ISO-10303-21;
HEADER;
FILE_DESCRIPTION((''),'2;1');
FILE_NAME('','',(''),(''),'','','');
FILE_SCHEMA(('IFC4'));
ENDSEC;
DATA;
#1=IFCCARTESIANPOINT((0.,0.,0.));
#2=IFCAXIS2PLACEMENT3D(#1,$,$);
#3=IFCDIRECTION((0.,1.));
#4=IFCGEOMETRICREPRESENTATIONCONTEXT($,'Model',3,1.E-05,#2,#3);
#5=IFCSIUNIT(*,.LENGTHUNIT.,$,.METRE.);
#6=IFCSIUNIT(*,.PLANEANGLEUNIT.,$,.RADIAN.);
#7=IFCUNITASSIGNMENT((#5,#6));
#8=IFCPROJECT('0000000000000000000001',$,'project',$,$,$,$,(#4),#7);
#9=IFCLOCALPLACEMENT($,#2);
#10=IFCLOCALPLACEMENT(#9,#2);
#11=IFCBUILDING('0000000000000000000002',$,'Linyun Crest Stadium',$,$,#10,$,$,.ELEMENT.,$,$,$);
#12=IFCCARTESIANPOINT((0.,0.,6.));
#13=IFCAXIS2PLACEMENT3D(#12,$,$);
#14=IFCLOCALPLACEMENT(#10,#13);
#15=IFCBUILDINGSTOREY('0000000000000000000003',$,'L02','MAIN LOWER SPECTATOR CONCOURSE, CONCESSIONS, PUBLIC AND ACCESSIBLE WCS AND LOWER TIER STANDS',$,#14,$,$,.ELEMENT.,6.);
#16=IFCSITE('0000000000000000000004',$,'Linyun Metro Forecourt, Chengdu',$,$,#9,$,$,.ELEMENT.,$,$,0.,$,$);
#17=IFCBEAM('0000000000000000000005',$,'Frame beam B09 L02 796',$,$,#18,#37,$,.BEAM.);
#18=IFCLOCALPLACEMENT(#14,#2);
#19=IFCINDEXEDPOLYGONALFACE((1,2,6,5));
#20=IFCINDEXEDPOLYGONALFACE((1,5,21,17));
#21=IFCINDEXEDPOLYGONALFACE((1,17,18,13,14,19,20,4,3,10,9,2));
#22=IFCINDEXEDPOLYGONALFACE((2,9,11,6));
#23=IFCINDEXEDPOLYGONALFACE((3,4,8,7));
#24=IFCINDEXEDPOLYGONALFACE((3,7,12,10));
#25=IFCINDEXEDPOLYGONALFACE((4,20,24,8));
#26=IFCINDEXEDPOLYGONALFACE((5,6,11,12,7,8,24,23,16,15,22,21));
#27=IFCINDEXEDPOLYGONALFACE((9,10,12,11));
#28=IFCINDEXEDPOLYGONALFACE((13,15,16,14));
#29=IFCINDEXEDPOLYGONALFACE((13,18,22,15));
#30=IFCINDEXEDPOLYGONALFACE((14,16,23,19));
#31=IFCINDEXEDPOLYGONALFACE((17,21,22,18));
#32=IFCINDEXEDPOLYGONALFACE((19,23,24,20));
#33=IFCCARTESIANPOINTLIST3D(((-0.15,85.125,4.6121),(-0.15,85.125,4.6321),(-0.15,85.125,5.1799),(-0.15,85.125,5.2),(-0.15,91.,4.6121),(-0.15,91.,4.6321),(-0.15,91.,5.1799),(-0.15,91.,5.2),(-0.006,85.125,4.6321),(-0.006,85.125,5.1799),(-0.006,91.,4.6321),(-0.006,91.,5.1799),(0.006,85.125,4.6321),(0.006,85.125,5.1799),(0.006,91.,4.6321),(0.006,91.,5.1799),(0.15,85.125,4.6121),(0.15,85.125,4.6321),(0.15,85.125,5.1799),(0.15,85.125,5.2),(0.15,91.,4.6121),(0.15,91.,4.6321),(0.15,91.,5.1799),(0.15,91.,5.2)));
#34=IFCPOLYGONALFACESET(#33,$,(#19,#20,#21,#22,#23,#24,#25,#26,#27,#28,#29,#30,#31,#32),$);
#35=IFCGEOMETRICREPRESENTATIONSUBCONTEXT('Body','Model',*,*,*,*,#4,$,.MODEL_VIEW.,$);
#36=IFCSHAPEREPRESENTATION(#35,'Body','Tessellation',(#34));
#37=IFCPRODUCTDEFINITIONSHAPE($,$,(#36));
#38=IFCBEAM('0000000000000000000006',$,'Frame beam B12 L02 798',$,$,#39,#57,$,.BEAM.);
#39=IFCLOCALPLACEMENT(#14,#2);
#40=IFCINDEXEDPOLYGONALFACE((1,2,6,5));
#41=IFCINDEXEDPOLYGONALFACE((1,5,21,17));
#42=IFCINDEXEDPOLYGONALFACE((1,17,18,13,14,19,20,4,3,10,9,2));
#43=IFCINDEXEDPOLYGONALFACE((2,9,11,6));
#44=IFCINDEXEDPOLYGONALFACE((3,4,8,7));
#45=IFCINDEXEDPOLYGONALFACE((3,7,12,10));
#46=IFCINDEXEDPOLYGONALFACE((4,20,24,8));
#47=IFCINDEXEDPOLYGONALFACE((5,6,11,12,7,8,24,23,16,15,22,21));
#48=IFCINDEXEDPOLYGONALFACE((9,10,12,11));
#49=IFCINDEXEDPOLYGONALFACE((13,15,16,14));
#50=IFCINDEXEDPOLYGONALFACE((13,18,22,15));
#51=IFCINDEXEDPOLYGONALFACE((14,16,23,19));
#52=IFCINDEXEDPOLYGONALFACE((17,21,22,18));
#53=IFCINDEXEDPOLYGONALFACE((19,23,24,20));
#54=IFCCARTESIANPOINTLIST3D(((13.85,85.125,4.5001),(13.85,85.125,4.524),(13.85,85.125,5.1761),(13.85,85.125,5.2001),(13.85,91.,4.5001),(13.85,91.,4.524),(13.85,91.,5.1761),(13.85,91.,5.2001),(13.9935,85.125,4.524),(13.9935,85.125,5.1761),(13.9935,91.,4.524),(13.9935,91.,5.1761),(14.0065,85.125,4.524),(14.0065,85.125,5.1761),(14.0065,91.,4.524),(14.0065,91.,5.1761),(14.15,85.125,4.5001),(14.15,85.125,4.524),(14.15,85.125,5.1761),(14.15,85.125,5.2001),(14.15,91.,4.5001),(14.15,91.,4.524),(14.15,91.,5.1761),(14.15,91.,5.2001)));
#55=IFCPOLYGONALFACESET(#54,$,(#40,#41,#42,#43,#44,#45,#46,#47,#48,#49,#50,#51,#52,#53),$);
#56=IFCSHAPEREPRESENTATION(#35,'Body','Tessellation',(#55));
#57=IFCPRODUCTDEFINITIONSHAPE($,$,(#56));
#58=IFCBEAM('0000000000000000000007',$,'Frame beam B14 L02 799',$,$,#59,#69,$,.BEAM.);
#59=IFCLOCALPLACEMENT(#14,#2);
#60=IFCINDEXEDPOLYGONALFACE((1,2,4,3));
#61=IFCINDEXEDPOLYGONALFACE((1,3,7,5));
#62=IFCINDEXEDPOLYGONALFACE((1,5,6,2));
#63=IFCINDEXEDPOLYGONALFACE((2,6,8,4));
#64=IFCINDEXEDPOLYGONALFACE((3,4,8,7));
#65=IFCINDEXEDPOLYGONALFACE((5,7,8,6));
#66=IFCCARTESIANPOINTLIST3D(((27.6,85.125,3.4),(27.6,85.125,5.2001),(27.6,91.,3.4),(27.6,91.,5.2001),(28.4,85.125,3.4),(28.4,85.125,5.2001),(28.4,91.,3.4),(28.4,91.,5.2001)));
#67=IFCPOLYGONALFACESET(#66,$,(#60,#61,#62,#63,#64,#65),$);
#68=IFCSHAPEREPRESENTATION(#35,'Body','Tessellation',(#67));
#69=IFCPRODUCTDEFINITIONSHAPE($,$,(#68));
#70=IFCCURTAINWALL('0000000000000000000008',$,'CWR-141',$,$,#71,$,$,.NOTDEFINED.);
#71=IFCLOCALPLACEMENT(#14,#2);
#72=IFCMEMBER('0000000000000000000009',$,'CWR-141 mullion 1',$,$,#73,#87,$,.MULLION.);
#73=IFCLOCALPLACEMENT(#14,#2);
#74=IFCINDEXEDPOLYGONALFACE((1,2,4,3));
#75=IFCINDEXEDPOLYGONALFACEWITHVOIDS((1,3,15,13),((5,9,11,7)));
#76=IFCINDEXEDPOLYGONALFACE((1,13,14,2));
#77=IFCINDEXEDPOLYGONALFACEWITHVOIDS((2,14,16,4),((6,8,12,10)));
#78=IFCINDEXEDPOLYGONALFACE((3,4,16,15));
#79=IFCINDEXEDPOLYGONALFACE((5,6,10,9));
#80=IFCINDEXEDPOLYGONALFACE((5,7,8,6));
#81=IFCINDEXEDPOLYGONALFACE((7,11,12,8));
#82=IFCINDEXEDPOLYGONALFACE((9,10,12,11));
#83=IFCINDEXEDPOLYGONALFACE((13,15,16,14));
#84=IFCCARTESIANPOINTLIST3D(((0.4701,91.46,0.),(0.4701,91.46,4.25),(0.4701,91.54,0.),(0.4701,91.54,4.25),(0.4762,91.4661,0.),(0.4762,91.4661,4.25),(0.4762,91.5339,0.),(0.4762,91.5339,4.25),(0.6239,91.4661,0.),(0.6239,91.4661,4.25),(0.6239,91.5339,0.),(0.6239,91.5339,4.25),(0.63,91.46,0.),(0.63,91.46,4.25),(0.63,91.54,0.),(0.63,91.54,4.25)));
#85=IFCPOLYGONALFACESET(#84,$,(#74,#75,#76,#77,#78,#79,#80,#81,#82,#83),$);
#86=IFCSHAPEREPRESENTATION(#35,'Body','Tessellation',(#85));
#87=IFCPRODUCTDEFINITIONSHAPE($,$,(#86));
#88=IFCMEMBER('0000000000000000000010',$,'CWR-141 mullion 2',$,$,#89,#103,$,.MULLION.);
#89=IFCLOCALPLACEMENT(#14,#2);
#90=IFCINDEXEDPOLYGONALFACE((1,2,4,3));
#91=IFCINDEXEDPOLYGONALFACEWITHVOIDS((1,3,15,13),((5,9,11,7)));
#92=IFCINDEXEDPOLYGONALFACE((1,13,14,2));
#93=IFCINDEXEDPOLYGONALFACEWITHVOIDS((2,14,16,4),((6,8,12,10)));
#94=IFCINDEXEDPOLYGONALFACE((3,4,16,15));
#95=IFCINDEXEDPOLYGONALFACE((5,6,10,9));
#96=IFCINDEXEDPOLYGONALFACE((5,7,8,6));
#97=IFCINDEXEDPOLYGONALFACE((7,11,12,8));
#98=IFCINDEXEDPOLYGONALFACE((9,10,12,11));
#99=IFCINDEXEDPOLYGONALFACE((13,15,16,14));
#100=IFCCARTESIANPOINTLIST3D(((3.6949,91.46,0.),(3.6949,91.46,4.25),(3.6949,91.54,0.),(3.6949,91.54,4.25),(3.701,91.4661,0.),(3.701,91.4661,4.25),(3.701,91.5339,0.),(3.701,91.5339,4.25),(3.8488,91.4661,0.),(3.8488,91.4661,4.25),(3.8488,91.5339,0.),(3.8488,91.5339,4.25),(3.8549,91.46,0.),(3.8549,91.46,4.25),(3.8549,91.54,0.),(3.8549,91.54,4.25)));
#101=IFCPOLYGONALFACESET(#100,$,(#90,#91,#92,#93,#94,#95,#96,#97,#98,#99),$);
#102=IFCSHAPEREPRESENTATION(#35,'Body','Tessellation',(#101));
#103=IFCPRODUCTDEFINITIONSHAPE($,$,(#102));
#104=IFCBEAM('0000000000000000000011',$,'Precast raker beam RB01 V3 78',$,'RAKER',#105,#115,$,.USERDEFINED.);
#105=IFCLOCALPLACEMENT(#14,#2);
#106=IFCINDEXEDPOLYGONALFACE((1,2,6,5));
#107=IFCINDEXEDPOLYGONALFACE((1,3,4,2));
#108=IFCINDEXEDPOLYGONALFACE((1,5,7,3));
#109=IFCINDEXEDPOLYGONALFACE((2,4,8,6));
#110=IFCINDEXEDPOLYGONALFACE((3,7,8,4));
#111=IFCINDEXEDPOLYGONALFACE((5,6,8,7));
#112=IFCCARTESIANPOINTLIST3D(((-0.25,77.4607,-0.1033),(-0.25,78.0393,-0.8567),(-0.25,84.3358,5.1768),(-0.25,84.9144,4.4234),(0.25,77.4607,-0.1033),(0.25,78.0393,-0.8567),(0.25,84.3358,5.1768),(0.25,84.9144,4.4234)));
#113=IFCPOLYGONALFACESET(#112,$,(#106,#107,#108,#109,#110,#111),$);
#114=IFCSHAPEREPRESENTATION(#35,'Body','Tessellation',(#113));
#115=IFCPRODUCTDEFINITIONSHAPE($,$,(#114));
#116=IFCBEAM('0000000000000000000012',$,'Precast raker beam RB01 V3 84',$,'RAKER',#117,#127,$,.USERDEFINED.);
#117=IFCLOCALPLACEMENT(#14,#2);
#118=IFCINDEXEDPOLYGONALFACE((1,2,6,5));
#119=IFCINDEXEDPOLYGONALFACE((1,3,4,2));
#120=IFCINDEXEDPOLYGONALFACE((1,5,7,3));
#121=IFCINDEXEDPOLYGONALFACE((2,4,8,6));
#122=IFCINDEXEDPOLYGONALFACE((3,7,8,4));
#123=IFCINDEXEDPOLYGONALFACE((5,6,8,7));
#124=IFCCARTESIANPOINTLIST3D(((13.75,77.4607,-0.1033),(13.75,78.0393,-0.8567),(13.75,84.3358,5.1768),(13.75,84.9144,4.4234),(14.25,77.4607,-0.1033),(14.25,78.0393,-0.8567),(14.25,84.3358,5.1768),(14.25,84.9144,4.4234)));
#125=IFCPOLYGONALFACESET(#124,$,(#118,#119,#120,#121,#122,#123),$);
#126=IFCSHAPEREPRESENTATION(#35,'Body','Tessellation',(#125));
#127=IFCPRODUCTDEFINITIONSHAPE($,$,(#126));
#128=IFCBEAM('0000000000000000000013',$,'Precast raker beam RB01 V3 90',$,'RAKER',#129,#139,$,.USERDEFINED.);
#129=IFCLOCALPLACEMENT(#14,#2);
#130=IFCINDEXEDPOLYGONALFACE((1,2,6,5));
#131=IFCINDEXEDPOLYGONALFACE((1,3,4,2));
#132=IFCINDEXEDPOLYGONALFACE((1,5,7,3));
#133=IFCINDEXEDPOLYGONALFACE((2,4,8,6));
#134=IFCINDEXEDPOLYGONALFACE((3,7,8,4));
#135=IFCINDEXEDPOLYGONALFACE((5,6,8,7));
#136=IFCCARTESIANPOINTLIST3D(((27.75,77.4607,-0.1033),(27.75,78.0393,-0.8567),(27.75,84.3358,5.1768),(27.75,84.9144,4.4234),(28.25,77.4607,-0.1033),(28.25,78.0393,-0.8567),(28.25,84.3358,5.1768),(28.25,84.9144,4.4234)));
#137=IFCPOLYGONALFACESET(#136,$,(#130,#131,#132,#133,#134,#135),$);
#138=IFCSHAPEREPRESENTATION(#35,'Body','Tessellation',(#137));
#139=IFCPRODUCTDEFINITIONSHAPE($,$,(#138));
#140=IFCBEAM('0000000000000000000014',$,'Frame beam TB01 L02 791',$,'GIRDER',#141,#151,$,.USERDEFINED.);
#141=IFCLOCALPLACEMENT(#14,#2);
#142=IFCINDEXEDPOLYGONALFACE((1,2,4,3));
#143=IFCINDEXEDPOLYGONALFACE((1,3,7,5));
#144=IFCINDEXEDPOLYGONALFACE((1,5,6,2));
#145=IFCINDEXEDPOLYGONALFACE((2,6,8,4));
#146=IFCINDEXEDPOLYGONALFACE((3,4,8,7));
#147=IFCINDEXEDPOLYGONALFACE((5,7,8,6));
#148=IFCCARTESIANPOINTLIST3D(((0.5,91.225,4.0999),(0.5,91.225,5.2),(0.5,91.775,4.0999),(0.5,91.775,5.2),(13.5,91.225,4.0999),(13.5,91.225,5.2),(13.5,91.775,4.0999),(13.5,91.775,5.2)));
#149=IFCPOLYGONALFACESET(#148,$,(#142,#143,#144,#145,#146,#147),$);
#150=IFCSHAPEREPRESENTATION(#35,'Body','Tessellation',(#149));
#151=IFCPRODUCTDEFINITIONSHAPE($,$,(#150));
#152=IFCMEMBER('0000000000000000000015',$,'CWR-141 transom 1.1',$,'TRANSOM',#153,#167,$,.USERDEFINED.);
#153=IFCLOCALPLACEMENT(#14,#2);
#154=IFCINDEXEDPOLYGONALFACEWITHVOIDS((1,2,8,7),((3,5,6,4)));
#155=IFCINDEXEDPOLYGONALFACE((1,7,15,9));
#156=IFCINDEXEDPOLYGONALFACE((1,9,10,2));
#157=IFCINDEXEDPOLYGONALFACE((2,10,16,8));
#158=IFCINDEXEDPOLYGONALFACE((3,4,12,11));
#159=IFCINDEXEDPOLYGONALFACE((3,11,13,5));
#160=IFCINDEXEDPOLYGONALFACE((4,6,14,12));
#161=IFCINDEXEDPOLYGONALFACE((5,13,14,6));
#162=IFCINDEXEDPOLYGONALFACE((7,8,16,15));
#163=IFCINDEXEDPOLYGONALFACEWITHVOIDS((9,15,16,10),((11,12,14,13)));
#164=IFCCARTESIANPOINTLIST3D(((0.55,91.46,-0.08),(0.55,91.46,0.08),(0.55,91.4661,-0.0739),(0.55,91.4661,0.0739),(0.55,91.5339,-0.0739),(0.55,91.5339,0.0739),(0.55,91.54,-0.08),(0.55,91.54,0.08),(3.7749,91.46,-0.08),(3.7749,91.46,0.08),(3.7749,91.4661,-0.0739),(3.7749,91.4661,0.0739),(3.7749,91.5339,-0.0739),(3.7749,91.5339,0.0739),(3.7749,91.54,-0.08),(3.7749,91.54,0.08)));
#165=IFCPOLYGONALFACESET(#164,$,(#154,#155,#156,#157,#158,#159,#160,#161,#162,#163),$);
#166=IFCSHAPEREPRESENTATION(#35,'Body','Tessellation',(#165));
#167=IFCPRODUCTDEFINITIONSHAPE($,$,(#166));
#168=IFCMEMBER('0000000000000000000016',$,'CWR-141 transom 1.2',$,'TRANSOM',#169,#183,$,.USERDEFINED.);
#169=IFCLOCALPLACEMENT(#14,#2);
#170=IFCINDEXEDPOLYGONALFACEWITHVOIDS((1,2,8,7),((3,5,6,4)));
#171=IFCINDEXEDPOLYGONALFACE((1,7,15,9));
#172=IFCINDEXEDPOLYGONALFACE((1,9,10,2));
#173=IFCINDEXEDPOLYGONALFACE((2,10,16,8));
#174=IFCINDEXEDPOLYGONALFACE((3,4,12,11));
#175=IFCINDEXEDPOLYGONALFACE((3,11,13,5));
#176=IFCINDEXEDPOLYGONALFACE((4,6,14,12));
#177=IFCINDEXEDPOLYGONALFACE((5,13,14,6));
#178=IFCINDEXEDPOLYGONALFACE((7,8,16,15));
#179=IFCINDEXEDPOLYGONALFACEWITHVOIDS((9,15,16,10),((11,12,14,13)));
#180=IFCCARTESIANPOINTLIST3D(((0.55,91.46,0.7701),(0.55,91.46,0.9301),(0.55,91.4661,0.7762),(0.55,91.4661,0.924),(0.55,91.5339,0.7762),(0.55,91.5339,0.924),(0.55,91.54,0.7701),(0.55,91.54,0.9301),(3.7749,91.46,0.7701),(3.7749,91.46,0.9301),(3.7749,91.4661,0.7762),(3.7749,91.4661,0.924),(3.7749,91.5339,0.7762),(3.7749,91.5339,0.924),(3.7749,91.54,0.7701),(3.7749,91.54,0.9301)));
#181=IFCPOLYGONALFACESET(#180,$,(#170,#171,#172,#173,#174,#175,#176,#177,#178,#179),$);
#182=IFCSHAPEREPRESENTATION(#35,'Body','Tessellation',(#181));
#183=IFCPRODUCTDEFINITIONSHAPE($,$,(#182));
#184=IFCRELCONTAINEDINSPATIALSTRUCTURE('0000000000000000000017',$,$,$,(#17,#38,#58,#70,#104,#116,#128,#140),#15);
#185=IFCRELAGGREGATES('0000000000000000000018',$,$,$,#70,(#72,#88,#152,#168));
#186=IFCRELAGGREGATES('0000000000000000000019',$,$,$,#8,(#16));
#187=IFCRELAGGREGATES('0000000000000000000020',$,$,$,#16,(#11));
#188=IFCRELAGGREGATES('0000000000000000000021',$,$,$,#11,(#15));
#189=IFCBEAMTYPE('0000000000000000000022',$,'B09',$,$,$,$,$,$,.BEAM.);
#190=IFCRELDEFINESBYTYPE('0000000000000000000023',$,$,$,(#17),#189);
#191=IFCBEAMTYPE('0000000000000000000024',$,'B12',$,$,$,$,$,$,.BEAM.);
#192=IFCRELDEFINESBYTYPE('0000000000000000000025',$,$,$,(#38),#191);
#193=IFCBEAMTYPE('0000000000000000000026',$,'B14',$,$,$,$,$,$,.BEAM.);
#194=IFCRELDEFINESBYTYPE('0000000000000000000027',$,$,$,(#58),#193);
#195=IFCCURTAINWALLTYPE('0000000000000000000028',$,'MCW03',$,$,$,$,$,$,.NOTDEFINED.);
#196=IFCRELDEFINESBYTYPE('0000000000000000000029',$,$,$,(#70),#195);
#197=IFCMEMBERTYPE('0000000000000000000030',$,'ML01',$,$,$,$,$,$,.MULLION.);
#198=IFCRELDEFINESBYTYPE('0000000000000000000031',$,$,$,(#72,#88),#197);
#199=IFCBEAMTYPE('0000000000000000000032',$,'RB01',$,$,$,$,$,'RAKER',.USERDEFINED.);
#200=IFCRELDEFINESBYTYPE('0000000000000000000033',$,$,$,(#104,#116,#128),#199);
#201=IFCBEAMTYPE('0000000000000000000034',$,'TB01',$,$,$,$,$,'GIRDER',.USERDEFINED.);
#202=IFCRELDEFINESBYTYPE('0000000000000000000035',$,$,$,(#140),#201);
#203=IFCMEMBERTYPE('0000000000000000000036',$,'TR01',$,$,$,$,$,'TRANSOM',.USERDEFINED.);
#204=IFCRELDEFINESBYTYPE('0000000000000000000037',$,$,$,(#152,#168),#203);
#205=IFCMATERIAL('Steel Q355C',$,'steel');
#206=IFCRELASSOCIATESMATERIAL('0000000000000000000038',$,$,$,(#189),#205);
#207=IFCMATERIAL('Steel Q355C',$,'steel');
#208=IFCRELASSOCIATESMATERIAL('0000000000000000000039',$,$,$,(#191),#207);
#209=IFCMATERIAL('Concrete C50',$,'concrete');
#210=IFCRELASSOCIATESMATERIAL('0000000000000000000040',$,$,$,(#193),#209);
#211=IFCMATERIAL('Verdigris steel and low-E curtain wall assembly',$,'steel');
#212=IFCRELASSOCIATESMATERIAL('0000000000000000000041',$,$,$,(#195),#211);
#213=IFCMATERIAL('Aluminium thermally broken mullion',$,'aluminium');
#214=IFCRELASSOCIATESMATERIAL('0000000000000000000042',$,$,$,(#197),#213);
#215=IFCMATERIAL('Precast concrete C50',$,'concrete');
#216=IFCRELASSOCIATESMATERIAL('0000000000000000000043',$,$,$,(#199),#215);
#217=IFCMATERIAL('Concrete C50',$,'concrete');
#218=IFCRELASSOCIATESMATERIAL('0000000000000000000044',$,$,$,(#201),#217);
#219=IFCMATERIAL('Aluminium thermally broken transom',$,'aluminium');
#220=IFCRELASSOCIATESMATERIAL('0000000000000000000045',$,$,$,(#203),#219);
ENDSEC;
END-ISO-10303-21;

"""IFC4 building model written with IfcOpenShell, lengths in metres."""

from ifc_helpers import new_model, si_unit, direction, frame, origin, origin_2d, place, context, subcontext, project, spatial, rectangle, hollow_rectangle, i_section, extrude, material, material_profile, profile_set, type_object, element, aggregate, save


model = new_model("IFC4")

# Units and contexts
model_context = context("Model", 3, precision=1e-05, world=origin(), true_north=direction((0.0, 1.0)))
body_context = subcontext(model_context, "Body", "Model", "MODEL_VIEW")
ifc_project = project(units=[si_unit("LENGTHUNIT", "METRE"), si_unit("PLANEANGLEUNIT", "RADIAN")], contexts=[model_context])

# Site, building, storey
site_placement = place(None, origin())
site = spatial("IfcSite", under=ifc_project, at=site_placement, Name="Linyun Metro Forecourt, Chengdu", CompositionType="ELEMENT", RefElevation=0.0)
building_placement = place(site_placement, origin())
building = spatial("IfcBuilding", under=site, at=building_placement, Name="Linyun Crest Stadium", CompositionType="ELEMENT")
storey_placement = place(building_placement, frame((0.0, 0.0, 6.0)))
storey = spatial("IfcBuildingStorey", under=building, at=storey_placement, Name="L02", Description="MAIN LOWER SPECTATOR CONCOURSE, CONCESSIONS, PUBLIC AND ACCESSIBLE WCS AND LOWER TIER STANDS", CompositionType="ELEMENT", Elevation=6.0)

# Beams
ifc_material_1 = material(Name="Steel Q355C", Category="steel")
ifc_material_profile_1 = material_profile(ifc_material_1, i_section(OverallWidth=0.3, OverallDepth=0.5879, WebThickness=0.012, FlangeThickness=0.02, at=origin_2d()), Name="HM 588x300")
ifc_profile_set_1 = profile_set([ifc_material_profile_1], Name="Steel Q355C")
beam_type_1 = type_object("IfcBeamType", Name="B09", PredefinedType="BEAM", material=ifc_profile_set_1)
beam_1_placement = place(storey_placement, frame((0.0, 85.125, 4.906), z_axis=(0.0, 1.0, 0.0), x_axis=(-1.0, 0.0, 0.0)))
element("IfcBeam", 1, at=beam_1_placement, inside=storey, type_object=beam_type_1, Name="Frame beam B09 L02 796", PredefinedType="BEAM", context=body_context, shape_type="SweptSolid", body=[
    extrude(i_section(OverallWidth=0.3, OverallDepth=0.5879, WebThickness=0.012, FlangeThickness=0.02, at=origin_2d()), origin(), (0.0, 0.0, 1.0), 5.875),
])
ifc_material_2 = material(Name="Steel Q355C", Category="steel")
ifc_material_profile_2 = material_profile(ifc_material_2, i_section(OverallWidth=0.3, OverallDepth=0.7, WebThickness=0.0129, FlangeThickness=0.0239, at=origin_2d()), Name="HN 700x300")
ifc_profile_set_2 = profile_set([ifc_material_profile_2], Name="Steel Q355C")
beam_type_2 = type_object("IfcBeamType", Name="B12", PredefinedType="BEAM", material=ifc_profile_set_2)
beam_2_placement = place(storey_placement, frame((14.0, 85.125, 4.8501), z_axis=(0.0, 1.0, 0.0), x_axis=(-1.0, 0.0, 0.0)))
element("IfcBeam", 2, at=beam_2_placement, inside=storey, type_object=beam_type_2, Name="Frame beam B12 L02 798", PredefinedType="BEAM", context=body_context, shape_type="SweptSolid", body=[
    extrude(i_section(OverallWidth=0.3, OverallDepth=0.7, WebThickness=0.0129, FlangeThickness=0.0239, at=origin_2d()), origin(), (0.0, 0.0, 1.0), 5.875),
])
ifc_material_3 = material(Name="Concrete C50", Category="concrete")
ifc_material_profile_3 = material_profile(ifc_material_3, rectangle(XDim=0.8, YDim=1.8, at=origin_2d()), Name="RCB 1800x800")
ifc_profile_set_3 = profile_set([ifc_material_profile_3], Name="Concrete C50")
beam_type_3 = type_object("IfcBeamType", Name="B14", PredefinedType="BEAM", material=ifc_profile_set_3)
beam_3_placement = place(storey_placement, frame((28.0, 85.125, 4.3), z_axis=(0.0, 1.0, 0.0), x_axis=(-1.0, 0.0, 0.0)))
element("IfcBeam", 3, at=beam_3_placement, inside=storey, type_object=beam_type_3, Name="Frame beam B14 L02 799", PredefinedType="BEAM", context=body_context, shape_type="SweptSolid", body=[
    extrude(rectangle(XDim=0.8, YDim=1.8, at=origin_2d()), origin(), (0.0, 0.0, 1.0), 5.875),
])

# Curtain wall, members
ifc_material_4 = material(Name="Verdigris steel and low-E curtain wall assembly", Category="steel")
curtain_wall_type = type_object("IfcCurtainWallType", Name="MCW03", PredefinedType="NOTDEFINED", material=ifc_material_4)
curtain_wall_placement = place(storey_placement, origin())
curtain_wall = element("IfcCurtainWall", 4, at=curtain_wall_placement, inside=storey, type_object=curtain_wall_type, Name="CWR-141", PredefinedType="NOTDEFINED")
ifc_material_5 = material(Name="Aluminium thermally broken mullion", Category="aluminium")
ifc_material_profile_4 = material_profile(ifc_material_5, hollow_rectangle(XDim=0.0801, YDim=0.1599, WallThickness=0.0061, at=origin_2d()), Name="RHS 160x80x6")
ifc_profile_set_4 = profile_set([ifc_material_profile_4], Name="Aluminium thermally broken mullion")
member_type_1 = type_object("IfcMemberType", Name="ML01", PredefinedType="MULLION", material=ifc_profile_set_4)
member_1_placement = place(storey_placement, frame((0.55, 91.5, 0.0), z_axis=(0.0, 0.0, 1.0), x_axis=(0.0, 1.0, 0.0)))
member_1 = element("IfcMember", 5, at=member_1_placement, type_object=member_type_1, Name="CWR-141 mullion 1", PredefinedType="MULLION", context=body_context, shape_type="SweptSolid", body=[
    extrude(hollow_rectangle(XDim=0.0801, YDim=0.1599, WallThickness=0.0061, at=origin_2d()), origin(), (0.0, 0.0, 1.0), 4.25),
])
member_2_placement = place(storey_placement, frame((3.7749, 91.5, 0.0), z_axis=(0.0, 0.0, 1.0), x_axis=(0.0, 1.0, 0.0)))
member_2 = element("IfcMember", 6, at=member_2_placement, type_object=member_type_1, Name="CWR-141 mullion 2", PredefinedType="MULLION", context=body_context, shape_type="SweptSolid", body=[
    extrude(hollow_rectangle(XDim=0.0801, YDim=0.1599, WallThickness=0.0061, at=origin_2d()), origin(), (0.0, 0.0, 1.0), 4.25),
])

# Beams
ifc_material_6 = material(Name="Precast concrete C50", Category="concrete")
ifc_material_profile_5 = material_profile(ifc_material_6, rectangle(XDim=0.5, YDim=0.95, at=origin_2d()), Name="PCR 950x500")
ifc_profile_set_5 = profile_set([ifc_material_profile_5], Name="Precast concrete C50")
beam_type_4 = type_object("IfcBeamType", Name="RB01", ElementType="RAKER", PredefinedType="USERDEFINED", material=ifc_profile_set_5)
for number, where, z_axis, x_axis, name in (
    (7, (0.0, 77.75, -0.48), (0.0, 0.793094, 0.609099), (-1.0, 0.0, 0.0), "Precast raker beam RB01 V3 78"),
    (8, (14.0, 77.75, -0.48), (0.0, 0.793094, 0.609099), (-1.0, 0.0, 0.0), "Precast raker beam RB01 V3 84"),
    (9, (28.0, 77.75, -0.48), (0.0, 0.793094, 0.609099), (-1.0, 0.0, 0.0), "Precast raker beam RB01 V3 90"),
):
    element("IfcBeam", number, at=place(storey_placement, frame(where, z_axis=z_axis, x_axis=x_axis)), inside=storey, type_object=beam_type_4, Name=name, ObjectType="RAKER", PredefinedType="USERDEFINED", context=body_context, shape_type="SweptSolid", body=[
        extrude(rectangle(XDim=0.5, YDim=0.95, at=origin_2d()), origin(), (0.0, 0.0, 1.0), 8.6687),
    ])
ifc_material_7 = material(Name="Concrete C50", Category="concrete")
ifc_material_profile_6 = material_profile(ifc_material_7, rectangle(XDim=0.55, YDim=1.1001, at=origin_2d()), Name="RCB 1100x550")
ifc_profile_set_6 = profile_set([ifc_material_profile_6], Name="Concrete C50")
beam_type_5 = type_object("IfcBeamType", Name="TB01", ElementType="GIRDER", PredefinedType="USERDEFINED", material=ifc_profile_set_6)
beam_4_placement = place(storey_placement, frame((0.5, 91.5, 4.6499), z_axis=(1.0, 0.0, 0.0), x_axis=(0.0, 1.0, 0.0)))
element("IfcBeam", 10, at=beam_4_placement, inside=storey, type_object=beam_type_5, Name="Frame beam TB01 L02 791", ObjectType="GIRDER", PredefinedType="USERDEFINED", context=body_context, shape_type="SweptSolid", body=[
    extrude(rectangle(XDim=0.55, YDim=1.1001, at=origin_2d()), origin(), (0.0, 0.0, 1.0), 13.0),
])

# Members
ifc_material_8 = material(Name="Aluminium thermally broken transom", Category="aluminium")
ifc_material_profile_7 = material_profile(ifc_material_8, hollow_rectangle(XDim=0.0801, YDim=0.1599, WallThickness=0.0061, at=origin_2d()), Name="RHS 160x80x6")
ifc_profile_set_7 = profile_set([ifc_material_profile_7], Name="Aluminium thermally broken transom")
member_type_2 = type_object("IfcMemberType", Name="TR01", ElementType="TRANSOM", PredefinedType="USERDEFINED", material=ifc_profile_set_7)
member_3_placement = place(storey_placement, frame((0.55, 91.5, 0.0), z_axis=(1.0, 0.0, 0.0), x_axis=(0.0, 1.0, 0.0)))
member_3 = element("IfcMember", 11, at=member_3_placement, type_object=member_type_2, Name="CWR-141 transom 1.1", ObjectType="TRANSOM", PredefinedType="USERDEFINED", context=body_context, shape_type="SweptSolid", body=[
    extrude(hollow_rectangle(XDim=0.0801, YDim=0.1599, WallThickness=0.0061, at=origin_2d()), origin(), (0.0, 0.0, 1.0), 3.2249),
])
member_4_placement = place(storey_placement, frame((0.55, 91.5, 0.8501), z_axis=(1.0, 0.0, 0.0), x_axis=(0.0, 1.0, 0.0)))
member_4 = element("IfcMember", 12, at=member_4_placement, type_object=member_type_2, Name="CWR-141 transom 1.2", ObjectType="TRANSOM", PredefinedType="USERDEFINED", context=body_context, shape_type="SweptSolid", body=[
    extrude(hollow_rectangle(XDim=0.0801, YDim=0.1599, WallThickness=0.0061, at=origin_2d()), origin(), (0.0, 0.0, 1.0), 3.2249),
])

aggregate(curtain_wall, [member_1, member_2, member_3, member_4])

save(model, "model.ifc")
